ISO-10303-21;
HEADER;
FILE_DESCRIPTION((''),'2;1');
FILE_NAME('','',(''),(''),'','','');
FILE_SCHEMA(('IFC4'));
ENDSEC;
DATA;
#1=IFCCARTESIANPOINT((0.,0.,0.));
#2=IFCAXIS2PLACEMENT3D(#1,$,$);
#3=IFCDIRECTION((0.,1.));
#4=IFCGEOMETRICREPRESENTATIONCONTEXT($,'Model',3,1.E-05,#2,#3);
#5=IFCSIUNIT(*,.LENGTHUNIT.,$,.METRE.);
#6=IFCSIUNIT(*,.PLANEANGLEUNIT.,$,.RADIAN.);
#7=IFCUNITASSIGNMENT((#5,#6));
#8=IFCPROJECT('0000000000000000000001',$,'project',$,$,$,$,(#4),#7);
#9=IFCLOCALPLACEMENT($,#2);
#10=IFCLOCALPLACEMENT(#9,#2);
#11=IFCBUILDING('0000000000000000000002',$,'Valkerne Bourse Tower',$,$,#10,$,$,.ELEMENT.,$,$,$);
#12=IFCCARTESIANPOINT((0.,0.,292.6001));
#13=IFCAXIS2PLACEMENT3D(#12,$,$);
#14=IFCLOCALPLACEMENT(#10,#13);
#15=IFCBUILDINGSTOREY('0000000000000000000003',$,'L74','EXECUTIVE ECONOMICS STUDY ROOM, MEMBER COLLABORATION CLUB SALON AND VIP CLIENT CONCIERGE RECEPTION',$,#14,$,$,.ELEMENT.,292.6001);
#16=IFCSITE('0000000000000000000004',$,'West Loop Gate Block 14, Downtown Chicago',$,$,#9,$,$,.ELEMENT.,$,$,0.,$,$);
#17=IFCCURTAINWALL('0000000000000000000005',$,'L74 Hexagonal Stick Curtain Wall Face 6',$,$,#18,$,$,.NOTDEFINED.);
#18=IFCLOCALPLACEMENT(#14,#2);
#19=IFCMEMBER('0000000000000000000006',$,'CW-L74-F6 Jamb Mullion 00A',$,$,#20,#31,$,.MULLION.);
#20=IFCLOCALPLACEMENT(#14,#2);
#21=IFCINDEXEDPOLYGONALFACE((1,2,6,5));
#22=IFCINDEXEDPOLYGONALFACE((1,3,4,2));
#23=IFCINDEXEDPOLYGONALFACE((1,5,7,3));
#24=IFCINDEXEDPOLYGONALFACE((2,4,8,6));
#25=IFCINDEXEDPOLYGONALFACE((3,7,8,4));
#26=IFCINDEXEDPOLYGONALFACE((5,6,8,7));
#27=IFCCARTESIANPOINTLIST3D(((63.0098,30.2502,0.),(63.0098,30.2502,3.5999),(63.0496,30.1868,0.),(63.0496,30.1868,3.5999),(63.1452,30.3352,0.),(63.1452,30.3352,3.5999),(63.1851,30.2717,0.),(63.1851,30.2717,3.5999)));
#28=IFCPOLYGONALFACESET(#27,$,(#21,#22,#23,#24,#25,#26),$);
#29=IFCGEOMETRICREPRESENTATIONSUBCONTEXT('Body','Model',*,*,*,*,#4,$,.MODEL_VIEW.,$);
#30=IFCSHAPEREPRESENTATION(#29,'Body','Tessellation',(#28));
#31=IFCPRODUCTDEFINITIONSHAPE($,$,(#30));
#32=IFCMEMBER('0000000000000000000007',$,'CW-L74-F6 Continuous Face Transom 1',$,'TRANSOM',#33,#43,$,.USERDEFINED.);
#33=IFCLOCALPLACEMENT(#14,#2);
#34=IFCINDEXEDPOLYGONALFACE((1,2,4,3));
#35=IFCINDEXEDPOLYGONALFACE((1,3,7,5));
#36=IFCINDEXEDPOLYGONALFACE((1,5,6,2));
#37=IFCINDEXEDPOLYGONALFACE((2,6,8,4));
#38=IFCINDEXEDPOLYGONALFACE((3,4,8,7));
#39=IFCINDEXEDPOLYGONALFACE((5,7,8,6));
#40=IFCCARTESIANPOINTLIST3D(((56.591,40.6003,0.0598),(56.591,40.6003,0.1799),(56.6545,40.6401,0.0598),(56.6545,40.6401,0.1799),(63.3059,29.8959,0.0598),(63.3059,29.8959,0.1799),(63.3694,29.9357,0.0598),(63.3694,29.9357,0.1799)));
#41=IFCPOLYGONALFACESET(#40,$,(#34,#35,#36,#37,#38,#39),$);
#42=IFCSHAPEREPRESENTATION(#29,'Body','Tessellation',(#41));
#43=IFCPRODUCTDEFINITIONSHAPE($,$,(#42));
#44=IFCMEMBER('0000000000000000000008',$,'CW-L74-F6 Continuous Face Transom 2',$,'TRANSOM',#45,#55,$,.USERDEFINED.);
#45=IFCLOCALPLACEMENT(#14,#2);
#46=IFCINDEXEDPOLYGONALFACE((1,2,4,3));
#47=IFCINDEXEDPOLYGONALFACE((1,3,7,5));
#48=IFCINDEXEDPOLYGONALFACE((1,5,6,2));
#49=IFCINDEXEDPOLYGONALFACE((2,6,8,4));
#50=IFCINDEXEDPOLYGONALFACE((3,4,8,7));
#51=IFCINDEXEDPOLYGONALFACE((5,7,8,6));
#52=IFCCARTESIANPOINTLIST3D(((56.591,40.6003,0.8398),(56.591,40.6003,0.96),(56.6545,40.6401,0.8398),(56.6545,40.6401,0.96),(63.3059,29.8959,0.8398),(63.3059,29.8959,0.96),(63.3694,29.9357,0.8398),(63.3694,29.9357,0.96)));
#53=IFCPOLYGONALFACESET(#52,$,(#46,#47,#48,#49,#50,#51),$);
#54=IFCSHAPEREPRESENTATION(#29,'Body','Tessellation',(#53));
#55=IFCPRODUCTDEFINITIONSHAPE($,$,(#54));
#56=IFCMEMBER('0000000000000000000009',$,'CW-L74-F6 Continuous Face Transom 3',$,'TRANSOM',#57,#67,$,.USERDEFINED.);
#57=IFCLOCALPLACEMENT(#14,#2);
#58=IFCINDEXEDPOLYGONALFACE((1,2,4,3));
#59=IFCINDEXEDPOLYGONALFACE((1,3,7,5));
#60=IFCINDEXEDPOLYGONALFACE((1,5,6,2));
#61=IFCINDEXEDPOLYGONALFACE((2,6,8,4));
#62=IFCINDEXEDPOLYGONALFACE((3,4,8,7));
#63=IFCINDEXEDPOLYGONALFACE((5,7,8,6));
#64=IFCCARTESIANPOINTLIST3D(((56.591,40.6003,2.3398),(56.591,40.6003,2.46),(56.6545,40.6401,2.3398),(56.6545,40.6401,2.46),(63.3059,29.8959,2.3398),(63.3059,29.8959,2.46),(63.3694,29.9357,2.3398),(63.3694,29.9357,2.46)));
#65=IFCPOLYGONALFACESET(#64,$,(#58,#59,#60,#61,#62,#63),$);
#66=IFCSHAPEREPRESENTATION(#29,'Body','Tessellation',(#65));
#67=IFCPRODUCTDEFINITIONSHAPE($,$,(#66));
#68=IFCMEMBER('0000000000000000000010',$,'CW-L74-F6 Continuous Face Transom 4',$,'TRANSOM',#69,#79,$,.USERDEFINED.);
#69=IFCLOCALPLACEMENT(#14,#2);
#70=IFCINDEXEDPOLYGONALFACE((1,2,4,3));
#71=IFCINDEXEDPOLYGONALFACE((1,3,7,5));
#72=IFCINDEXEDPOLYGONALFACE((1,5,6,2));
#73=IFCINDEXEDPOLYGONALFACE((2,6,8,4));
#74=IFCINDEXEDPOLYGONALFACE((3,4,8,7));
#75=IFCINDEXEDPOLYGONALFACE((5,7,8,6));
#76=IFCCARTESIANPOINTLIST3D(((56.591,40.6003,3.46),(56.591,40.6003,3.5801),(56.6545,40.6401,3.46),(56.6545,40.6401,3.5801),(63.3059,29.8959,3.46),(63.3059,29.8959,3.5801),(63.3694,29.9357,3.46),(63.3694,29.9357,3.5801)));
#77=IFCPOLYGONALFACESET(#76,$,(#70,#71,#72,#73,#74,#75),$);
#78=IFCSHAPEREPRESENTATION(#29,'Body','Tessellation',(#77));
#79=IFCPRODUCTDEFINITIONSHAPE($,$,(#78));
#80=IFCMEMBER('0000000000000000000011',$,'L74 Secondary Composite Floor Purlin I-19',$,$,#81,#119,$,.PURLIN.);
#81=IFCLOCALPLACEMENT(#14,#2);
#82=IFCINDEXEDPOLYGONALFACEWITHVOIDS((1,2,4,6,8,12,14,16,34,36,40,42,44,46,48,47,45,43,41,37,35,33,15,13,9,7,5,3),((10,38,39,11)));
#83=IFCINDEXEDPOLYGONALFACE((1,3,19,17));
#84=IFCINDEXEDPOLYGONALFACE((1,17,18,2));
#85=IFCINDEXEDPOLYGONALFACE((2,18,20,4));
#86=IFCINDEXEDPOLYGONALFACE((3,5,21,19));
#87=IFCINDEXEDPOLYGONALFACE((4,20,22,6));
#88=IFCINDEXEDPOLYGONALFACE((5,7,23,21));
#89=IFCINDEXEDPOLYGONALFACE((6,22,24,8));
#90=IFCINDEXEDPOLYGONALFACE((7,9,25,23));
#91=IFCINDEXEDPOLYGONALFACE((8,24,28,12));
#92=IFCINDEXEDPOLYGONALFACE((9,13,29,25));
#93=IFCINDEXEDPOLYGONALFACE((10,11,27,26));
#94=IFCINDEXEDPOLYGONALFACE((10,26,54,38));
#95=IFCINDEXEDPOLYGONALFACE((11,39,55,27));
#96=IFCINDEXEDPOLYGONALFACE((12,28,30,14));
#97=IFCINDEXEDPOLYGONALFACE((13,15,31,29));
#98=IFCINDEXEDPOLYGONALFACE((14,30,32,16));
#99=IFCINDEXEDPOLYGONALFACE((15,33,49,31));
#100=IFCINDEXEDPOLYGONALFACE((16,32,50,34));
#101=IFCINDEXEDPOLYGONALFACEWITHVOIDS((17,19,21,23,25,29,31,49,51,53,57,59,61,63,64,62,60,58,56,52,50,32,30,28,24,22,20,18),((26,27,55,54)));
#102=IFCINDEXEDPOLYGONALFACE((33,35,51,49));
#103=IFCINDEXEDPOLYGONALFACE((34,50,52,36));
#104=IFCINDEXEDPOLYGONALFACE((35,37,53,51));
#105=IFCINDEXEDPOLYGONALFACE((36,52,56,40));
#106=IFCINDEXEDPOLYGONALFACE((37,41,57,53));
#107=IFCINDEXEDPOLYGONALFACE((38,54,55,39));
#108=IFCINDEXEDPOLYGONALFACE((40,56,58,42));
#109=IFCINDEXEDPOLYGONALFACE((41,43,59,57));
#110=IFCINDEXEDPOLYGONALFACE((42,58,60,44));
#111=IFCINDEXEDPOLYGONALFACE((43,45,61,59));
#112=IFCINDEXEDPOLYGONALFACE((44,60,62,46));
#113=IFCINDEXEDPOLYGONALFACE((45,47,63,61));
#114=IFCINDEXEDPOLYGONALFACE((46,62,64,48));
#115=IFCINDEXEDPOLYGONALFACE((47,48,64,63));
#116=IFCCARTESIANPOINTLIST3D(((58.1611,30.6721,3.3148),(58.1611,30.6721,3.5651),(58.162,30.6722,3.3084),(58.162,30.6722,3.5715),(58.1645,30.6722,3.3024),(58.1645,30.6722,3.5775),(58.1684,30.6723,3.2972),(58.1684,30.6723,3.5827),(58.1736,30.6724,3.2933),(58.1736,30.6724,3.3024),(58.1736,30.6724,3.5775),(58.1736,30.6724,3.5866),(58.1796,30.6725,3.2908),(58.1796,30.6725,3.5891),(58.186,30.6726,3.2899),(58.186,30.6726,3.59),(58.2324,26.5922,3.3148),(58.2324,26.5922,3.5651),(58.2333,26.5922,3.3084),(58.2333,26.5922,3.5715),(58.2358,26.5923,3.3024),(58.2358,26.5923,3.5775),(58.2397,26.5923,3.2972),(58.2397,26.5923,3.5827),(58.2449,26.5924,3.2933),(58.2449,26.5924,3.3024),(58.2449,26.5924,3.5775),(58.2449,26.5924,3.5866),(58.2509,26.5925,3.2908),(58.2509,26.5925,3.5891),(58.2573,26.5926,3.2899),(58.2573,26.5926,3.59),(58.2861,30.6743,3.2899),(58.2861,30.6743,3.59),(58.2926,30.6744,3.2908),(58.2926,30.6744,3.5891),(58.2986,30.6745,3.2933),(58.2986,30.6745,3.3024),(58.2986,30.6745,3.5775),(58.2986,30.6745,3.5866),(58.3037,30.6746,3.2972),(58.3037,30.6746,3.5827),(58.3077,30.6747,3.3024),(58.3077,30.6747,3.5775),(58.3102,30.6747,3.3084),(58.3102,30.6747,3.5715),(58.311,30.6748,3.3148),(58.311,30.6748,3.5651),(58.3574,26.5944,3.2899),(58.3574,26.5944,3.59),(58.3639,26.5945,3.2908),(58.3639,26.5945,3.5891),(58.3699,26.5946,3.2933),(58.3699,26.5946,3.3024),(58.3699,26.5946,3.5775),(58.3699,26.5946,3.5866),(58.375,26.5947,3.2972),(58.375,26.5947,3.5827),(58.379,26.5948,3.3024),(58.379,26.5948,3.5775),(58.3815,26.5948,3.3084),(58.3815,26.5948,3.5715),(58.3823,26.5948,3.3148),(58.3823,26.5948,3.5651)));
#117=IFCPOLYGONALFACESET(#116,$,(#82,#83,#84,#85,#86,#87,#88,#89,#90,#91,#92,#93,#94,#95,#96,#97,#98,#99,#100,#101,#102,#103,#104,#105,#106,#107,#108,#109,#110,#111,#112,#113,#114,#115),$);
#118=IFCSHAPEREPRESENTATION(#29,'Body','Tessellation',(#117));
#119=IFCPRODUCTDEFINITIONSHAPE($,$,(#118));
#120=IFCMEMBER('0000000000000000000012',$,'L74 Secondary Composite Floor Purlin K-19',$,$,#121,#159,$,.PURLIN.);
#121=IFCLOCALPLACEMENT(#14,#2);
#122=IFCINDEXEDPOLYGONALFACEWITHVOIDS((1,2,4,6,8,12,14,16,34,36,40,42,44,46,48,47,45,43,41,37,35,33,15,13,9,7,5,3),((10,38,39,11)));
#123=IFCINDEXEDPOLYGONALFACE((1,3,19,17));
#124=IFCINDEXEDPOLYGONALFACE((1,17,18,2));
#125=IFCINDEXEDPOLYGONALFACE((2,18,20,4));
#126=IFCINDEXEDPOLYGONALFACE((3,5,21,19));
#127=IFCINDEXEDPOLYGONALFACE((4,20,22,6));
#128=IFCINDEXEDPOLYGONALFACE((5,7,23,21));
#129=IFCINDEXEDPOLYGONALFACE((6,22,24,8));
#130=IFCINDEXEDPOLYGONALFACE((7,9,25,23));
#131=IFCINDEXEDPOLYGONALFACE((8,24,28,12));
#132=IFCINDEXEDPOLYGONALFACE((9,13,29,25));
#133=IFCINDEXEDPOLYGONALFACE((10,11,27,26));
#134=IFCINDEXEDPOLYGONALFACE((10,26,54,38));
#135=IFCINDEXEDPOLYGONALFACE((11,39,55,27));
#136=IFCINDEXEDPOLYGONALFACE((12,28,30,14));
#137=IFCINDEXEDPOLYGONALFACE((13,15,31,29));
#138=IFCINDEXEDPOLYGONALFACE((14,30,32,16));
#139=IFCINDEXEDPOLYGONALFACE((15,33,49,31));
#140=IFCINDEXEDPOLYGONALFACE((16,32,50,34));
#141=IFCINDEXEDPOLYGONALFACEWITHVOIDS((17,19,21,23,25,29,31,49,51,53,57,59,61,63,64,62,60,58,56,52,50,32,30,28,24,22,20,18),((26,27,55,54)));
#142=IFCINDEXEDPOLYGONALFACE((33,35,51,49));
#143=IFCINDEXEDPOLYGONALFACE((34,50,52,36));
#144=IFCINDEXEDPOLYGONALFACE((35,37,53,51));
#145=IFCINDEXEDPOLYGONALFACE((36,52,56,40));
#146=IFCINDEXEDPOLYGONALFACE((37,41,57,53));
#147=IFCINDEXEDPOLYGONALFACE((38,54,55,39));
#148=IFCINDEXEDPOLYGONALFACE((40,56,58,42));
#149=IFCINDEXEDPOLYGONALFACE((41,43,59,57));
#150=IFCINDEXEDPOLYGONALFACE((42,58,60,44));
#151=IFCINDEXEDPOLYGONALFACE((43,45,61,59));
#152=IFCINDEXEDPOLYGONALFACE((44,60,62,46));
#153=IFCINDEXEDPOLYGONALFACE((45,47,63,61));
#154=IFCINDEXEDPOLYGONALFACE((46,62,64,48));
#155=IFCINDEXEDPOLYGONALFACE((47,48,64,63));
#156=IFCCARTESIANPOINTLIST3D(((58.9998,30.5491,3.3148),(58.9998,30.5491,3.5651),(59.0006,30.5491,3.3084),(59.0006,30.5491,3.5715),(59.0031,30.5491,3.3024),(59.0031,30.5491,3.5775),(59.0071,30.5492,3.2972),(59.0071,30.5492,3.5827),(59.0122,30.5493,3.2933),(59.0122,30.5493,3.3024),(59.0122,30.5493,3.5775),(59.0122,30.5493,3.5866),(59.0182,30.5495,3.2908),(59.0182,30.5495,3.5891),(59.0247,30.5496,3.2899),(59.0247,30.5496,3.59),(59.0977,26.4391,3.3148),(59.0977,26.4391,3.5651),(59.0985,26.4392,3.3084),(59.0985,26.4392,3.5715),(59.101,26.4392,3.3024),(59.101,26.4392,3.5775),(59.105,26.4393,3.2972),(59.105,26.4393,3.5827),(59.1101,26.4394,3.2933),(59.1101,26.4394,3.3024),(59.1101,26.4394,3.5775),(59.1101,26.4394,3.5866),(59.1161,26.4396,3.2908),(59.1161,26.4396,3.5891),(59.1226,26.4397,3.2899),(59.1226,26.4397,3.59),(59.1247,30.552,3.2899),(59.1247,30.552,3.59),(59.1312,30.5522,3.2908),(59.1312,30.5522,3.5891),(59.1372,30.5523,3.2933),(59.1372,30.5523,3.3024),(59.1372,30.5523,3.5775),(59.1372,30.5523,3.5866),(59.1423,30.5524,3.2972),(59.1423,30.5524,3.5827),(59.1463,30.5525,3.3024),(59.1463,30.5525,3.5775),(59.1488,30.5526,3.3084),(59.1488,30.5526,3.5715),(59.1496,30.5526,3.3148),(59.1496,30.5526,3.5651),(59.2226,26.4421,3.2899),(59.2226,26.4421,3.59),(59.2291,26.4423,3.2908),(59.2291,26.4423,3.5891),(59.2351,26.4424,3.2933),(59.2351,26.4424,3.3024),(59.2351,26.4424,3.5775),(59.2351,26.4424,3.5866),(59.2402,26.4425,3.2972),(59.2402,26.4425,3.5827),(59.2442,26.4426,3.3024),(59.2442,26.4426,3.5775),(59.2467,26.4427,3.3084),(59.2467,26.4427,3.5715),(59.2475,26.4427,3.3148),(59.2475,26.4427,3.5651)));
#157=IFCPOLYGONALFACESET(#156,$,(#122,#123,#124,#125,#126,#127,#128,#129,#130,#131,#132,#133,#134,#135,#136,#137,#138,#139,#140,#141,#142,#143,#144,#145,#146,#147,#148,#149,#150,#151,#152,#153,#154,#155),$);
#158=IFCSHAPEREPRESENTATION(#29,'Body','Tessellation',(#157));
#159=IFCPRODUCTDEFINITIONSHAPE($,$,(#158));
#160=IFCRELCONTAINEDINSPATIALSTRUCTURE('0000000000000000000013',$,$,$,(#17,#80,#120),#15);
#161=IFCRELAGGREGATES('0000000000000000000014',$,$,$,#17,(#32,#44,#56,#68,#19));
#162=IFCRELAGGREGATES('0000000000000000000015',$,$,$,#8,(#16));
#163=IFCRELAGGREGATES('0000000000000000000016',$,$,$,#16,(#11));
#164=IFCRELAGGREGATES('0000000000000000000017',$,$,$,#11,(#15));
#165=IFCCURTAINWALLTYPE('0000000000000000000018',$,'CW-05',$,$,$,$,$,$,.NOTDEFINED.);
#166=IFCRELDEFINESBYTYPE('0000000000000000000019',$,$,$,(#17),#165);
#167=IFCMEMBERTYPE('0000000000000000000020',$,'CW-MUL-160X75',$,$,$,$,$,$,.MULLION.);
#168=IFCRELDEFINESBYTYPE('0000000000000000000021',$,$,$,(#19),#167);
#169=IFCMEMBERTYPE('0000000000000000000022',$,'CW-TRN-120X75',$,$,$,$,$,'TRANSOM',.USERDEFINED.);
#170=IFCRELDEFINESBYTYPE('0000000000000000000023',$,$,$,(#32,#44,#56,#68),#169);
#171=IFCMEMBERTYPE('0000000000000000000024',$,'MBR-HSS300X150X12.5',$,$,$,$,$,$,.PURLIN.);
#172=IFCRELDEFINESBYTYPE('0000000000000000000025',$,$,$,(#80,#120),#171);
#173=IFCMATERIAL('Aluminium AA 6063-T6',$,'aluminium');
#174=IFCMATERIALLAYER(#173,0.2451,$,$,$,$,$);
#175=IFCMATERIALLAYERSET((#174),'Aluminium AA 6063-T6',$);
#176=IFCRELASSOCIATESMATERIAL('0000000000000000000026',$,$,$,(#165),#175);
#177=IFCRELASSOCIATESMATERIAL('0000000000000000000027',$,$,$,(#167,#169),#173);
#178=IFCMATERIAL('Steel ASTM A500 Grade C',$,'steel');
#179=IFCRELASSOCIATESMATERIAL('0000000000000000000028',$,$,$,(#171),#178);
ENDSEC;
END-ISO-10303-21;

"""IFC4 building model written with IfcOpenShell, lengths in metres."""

from ifc_helpers import new_model, si_unit, direction, frame, origin, origin_2d, place, context, subcontext, project, spatial, rectangle, hollow_rectangle, extrude, material, layer, layer_set, material_profile, profile_set, type_object, element, aggregate, save


model = new_model("IFC4")

# Units and contexts
model_context = context("Model", 3, precision=1e-05, world=origin(), true_north=direction((0.0, 1.0)))
body_context = subcontext(model_context, "Body", "Model", "MODEL_VIEW")
ifc_project = project(units=[si_unit("LENGTHUNIT", "METRE"), si_unit("PLANEANGLEUNIT", "RADIAN")], contexts=[model_context])

# Site, building, storey
site_placement = place(None, origin())
site = spatial("IfcSite", under=ifc_project, at=site_placement, Name="West Loop Gate Block 14, Downtown Chicago", CompositionType="ELEMENT", RefElevation=0.0)
building_placement = place(site_placement, origin())
building = spatial("IfcBuilding", under=site, at=building_placement, Name="Valkerne Bourse Tower", CompositionType="ELEMENT")
storey_placement = place(building_placement, frame((0.0, 0.0, 292.6001)))
storey = spatial("IfcBuildingStorey", under=building, at=storey_placement, Name="L74", Description="EXECUTIVE ECONOMICS STUDY ROOM, MEMBER COLLABORATION CLUB SALON AND VIP CLIENT CONCIERGE RECEPTION", CompositionType="ELEMENT", Elevation=292.6001)

# Shared definitions
ifc_material_1 = material(Name="Steel ASTM A500 Grade C", Category="steel")

# Curtain wall, members
ifc_material_2 = material(Name="Aluminium AA 6063-T6", Category="aluminium")
ifc_layer_1 = layer(ifc_material_2, 0.2451)
ifc_layer_set_1 = layer_set([ifc_layer_1], Name="Aluminium AA 6063-T6")
curtain_wall_type = type_object("IfcCurtainWallType", Name="CW-05", PredefinedType="NOTDEFINED", material=ifc_layer_set_1)
curtain_wall_placement = place(storey_placement, origin())
curtain_wall = element("IfcCurtainWall", 1, at=curtain_wall_placement, inside=storey, type_object=curtain_wall_type, Name="L74 Hexagonal Stick Curtain Wall Face 6", PredefinedType="NOTDEFINED")
ifc_material_profile_1 = material_profile(ifc_material_2, rectangle(XDim=0.075, YDim=0.1599, at=origin_2d()), Name="CWM-75X160")
ifc_profile_set_1 = profile_set([ifc_material_profile_1], Name="Aluminium AA 6063-T6")
member_type_1 = type_object("IfcMemberType", Name="CW-MUL-160X75", PredefinedType="MULLION", material=ifc_profile_set_1)
member_1_placement = place(storey_placement, frame((63.0974, 30.261, 0.0), z_axis=(0.0, 0.0, 1.0), x_axis=(-0.531405, 0.847118, 0.0)))
member_1 = element("IfcMember", 2, at=member_1_placement, type_object=member_type_1, Name="CW-L74-F6 Jamb Mullion 00A", PredefinedType="MULLION", context=body_context, shape_type="SweptSolid", body=[
    extrude(rectangle(XDim=0.075, YDim=0.1599, at=origin_2d()), origin(), (0.0, 0.0, 1.0), 3.5999),
])
ifc_material_profile_2 = material_profile(ifc_material_2, rectangle(XDim=0.075, YDim=0.1201, at=origin_2d()), Name="CWT-75X120")
ifc_profile_set_2 = profile_set([ifc_material_profile_2], Name="Aluminium AA 6063-T6")
member_type_2 = type_object("IfcMemberType", Name="CW-TRN-120X75", ElementType="TRANSOM", PredefinedType="USERDEFINED", material=ifc_profile_set_2)
member_2_placement = place(storey_placement, frame((63.3376, 29.9158, 0.1199), z_axis=(-0.5314, 0.847121, 0.0), x_axis=(-0.847121, -0.5314, 0.0)))
member_2 = element("IfcMember", 3, at=member_2_placement, type_object=member_type_2, Name="CW-L74-F6 Continuous Face Transom 1", ObjectType="TRANSOM", PredefinedType="USERDEFINED", context=body_context, shape_type="SweptSolid", body=[
    extrude(rectangle(XDim=0.075, YDim=0.1201, at=origin_2d()), origin(), (0.0, 0.0, 1.0), 12.6362),
])
member_3_placement = place(storey_placement, frame((63.3376, 29.9158, 0.8999), z_axis=(-0.5314, 0.847121, 0.0), x_axis=(-0.847121, -0.5314, 0.0)))
member_3 = element("IfcMember", 4, at=member_3_placement, type_object=member_type_2, Name="CW-L74-F6 Continuous Face Transom 2", ObjectType="TRANSOM", PredefinedType="USERDEFINED", context=body_context, shape_type="SweptSolid", body=[
    extrude(rectangle(XDim=0.075, YDim=0.1201, at=origin_2d()), origin(), (0.0, 0.0, 1.0), 12.6362),
])
member_4_placement = place(storey_placement, frame((63.3376, 29.9158, 2.3999), z_axis=(-0.5314, 0.847121, 0.0), x_axis=(-0.847121, -0.5314, 0.0)))
member_4 = element("IfcMember", 5, at=member_4_placement, type_object=member_type_2, Name="CW-L74-F6 Continuous Face Transom 3", ObjectType="TRANSOM", PredefinedType="USERDEFINED", context=body_context, shape_type="SweptSolid", body=[
    extrude(rectangle(XDim=0.075, YDim=0.1201, at=origin_2d()), origin(), (0.0, 0.0, 1.0), 12.6362),
])
member_5_placement = place(storey_placement, frame((63.3376, 29.9158, 3.52), z_axis=(-0.5314, 0.847121, 0.0), x_axis=(-0.847121, -0.5314, 0.0)))
member_5 = element("IfcMember", 6, at=member_5_placement, type_object=member_type_2, Name="CW-L74-F6 Continuous Face Transom 4", ObjectType="TRANSOM", PredefinedType="USERDEFINED", context=body_context, shape_type="SweptSolid", body=[
    extrude(rectangle(XDim=0.075, YDim=0.1201, at=origin_2d()), origin(), (0.0, 0.0, 1.0), 12.6362),
])

# Members
ifc_material_profile_3 = material_profile(ifc_material_1, hollow_rectangle(XDim=0.1499, YDim=0.3, WallThickness=0.0125, OuterFilletRadius=0.0249, at=origin_2d()), Name="HSS300X150X12.5")
ifc_profile_set_3 = profile_set([ifc_material_profile_3], Name="Steel ASTM A500 Grade C")
member_type_3 = type_object("IfcMemberType", Name="MBR-HSS300X150X12.5", PredefinedType="PURLIN", material=ifc_profile_set_3)
member_6_placement = place(storey_placement, frame((58.3074, 26.5935, 3.4399), z_axis=(-0.017471, 0.999847, 0.0), x_axis=(-0.999847, -0.017471, 0.0)))
element("IfcMember", 7, at=member_6_placement, inside=storey, type_object=member_type_3, Name="L74 Secondary Composite Floor Purlin I-19", PredefinedType="PURLIN", context=body_context, shape_type="SweptSolid", body=[
    extrude(hollow_rectangle(XDim=0.1499, YDim=0.3, WallThickness=0.0125, OuterFilletRadius=0.0249, at=origin_2d()), origin(), (0.0, 0.0, 1.0), 4.0806),
])
member_7_placement = place(storey_placement, frame((59.1726, 26.4409, 3.4399), z_axis=(-0.023814, 0.999716, 0.0), x_axis=(-0.999716, -0.023814, 0.0)))
element("IfcMember", 8, at=member_7_placement, inside=storey, type_object=member_type_3, Name="L74 Secondary Composite Floor Purlin K-19", PredefinedType="PURLIN", context=body_context, shape_type="SweptSolid", body=[
    extrude(hollow_rectangle(XDim=0.1499, YDim=0.3, WallThickness=0.0125, OuterFilletRadius=0.0249, at=origin_2d()), origin(), (0.0, 0.0, 1.0), 4.1111),
])

aggregate(curtain_wall, [member_2, member_3, member_4, member_5, member_1])

save(model, "model.ifc")
